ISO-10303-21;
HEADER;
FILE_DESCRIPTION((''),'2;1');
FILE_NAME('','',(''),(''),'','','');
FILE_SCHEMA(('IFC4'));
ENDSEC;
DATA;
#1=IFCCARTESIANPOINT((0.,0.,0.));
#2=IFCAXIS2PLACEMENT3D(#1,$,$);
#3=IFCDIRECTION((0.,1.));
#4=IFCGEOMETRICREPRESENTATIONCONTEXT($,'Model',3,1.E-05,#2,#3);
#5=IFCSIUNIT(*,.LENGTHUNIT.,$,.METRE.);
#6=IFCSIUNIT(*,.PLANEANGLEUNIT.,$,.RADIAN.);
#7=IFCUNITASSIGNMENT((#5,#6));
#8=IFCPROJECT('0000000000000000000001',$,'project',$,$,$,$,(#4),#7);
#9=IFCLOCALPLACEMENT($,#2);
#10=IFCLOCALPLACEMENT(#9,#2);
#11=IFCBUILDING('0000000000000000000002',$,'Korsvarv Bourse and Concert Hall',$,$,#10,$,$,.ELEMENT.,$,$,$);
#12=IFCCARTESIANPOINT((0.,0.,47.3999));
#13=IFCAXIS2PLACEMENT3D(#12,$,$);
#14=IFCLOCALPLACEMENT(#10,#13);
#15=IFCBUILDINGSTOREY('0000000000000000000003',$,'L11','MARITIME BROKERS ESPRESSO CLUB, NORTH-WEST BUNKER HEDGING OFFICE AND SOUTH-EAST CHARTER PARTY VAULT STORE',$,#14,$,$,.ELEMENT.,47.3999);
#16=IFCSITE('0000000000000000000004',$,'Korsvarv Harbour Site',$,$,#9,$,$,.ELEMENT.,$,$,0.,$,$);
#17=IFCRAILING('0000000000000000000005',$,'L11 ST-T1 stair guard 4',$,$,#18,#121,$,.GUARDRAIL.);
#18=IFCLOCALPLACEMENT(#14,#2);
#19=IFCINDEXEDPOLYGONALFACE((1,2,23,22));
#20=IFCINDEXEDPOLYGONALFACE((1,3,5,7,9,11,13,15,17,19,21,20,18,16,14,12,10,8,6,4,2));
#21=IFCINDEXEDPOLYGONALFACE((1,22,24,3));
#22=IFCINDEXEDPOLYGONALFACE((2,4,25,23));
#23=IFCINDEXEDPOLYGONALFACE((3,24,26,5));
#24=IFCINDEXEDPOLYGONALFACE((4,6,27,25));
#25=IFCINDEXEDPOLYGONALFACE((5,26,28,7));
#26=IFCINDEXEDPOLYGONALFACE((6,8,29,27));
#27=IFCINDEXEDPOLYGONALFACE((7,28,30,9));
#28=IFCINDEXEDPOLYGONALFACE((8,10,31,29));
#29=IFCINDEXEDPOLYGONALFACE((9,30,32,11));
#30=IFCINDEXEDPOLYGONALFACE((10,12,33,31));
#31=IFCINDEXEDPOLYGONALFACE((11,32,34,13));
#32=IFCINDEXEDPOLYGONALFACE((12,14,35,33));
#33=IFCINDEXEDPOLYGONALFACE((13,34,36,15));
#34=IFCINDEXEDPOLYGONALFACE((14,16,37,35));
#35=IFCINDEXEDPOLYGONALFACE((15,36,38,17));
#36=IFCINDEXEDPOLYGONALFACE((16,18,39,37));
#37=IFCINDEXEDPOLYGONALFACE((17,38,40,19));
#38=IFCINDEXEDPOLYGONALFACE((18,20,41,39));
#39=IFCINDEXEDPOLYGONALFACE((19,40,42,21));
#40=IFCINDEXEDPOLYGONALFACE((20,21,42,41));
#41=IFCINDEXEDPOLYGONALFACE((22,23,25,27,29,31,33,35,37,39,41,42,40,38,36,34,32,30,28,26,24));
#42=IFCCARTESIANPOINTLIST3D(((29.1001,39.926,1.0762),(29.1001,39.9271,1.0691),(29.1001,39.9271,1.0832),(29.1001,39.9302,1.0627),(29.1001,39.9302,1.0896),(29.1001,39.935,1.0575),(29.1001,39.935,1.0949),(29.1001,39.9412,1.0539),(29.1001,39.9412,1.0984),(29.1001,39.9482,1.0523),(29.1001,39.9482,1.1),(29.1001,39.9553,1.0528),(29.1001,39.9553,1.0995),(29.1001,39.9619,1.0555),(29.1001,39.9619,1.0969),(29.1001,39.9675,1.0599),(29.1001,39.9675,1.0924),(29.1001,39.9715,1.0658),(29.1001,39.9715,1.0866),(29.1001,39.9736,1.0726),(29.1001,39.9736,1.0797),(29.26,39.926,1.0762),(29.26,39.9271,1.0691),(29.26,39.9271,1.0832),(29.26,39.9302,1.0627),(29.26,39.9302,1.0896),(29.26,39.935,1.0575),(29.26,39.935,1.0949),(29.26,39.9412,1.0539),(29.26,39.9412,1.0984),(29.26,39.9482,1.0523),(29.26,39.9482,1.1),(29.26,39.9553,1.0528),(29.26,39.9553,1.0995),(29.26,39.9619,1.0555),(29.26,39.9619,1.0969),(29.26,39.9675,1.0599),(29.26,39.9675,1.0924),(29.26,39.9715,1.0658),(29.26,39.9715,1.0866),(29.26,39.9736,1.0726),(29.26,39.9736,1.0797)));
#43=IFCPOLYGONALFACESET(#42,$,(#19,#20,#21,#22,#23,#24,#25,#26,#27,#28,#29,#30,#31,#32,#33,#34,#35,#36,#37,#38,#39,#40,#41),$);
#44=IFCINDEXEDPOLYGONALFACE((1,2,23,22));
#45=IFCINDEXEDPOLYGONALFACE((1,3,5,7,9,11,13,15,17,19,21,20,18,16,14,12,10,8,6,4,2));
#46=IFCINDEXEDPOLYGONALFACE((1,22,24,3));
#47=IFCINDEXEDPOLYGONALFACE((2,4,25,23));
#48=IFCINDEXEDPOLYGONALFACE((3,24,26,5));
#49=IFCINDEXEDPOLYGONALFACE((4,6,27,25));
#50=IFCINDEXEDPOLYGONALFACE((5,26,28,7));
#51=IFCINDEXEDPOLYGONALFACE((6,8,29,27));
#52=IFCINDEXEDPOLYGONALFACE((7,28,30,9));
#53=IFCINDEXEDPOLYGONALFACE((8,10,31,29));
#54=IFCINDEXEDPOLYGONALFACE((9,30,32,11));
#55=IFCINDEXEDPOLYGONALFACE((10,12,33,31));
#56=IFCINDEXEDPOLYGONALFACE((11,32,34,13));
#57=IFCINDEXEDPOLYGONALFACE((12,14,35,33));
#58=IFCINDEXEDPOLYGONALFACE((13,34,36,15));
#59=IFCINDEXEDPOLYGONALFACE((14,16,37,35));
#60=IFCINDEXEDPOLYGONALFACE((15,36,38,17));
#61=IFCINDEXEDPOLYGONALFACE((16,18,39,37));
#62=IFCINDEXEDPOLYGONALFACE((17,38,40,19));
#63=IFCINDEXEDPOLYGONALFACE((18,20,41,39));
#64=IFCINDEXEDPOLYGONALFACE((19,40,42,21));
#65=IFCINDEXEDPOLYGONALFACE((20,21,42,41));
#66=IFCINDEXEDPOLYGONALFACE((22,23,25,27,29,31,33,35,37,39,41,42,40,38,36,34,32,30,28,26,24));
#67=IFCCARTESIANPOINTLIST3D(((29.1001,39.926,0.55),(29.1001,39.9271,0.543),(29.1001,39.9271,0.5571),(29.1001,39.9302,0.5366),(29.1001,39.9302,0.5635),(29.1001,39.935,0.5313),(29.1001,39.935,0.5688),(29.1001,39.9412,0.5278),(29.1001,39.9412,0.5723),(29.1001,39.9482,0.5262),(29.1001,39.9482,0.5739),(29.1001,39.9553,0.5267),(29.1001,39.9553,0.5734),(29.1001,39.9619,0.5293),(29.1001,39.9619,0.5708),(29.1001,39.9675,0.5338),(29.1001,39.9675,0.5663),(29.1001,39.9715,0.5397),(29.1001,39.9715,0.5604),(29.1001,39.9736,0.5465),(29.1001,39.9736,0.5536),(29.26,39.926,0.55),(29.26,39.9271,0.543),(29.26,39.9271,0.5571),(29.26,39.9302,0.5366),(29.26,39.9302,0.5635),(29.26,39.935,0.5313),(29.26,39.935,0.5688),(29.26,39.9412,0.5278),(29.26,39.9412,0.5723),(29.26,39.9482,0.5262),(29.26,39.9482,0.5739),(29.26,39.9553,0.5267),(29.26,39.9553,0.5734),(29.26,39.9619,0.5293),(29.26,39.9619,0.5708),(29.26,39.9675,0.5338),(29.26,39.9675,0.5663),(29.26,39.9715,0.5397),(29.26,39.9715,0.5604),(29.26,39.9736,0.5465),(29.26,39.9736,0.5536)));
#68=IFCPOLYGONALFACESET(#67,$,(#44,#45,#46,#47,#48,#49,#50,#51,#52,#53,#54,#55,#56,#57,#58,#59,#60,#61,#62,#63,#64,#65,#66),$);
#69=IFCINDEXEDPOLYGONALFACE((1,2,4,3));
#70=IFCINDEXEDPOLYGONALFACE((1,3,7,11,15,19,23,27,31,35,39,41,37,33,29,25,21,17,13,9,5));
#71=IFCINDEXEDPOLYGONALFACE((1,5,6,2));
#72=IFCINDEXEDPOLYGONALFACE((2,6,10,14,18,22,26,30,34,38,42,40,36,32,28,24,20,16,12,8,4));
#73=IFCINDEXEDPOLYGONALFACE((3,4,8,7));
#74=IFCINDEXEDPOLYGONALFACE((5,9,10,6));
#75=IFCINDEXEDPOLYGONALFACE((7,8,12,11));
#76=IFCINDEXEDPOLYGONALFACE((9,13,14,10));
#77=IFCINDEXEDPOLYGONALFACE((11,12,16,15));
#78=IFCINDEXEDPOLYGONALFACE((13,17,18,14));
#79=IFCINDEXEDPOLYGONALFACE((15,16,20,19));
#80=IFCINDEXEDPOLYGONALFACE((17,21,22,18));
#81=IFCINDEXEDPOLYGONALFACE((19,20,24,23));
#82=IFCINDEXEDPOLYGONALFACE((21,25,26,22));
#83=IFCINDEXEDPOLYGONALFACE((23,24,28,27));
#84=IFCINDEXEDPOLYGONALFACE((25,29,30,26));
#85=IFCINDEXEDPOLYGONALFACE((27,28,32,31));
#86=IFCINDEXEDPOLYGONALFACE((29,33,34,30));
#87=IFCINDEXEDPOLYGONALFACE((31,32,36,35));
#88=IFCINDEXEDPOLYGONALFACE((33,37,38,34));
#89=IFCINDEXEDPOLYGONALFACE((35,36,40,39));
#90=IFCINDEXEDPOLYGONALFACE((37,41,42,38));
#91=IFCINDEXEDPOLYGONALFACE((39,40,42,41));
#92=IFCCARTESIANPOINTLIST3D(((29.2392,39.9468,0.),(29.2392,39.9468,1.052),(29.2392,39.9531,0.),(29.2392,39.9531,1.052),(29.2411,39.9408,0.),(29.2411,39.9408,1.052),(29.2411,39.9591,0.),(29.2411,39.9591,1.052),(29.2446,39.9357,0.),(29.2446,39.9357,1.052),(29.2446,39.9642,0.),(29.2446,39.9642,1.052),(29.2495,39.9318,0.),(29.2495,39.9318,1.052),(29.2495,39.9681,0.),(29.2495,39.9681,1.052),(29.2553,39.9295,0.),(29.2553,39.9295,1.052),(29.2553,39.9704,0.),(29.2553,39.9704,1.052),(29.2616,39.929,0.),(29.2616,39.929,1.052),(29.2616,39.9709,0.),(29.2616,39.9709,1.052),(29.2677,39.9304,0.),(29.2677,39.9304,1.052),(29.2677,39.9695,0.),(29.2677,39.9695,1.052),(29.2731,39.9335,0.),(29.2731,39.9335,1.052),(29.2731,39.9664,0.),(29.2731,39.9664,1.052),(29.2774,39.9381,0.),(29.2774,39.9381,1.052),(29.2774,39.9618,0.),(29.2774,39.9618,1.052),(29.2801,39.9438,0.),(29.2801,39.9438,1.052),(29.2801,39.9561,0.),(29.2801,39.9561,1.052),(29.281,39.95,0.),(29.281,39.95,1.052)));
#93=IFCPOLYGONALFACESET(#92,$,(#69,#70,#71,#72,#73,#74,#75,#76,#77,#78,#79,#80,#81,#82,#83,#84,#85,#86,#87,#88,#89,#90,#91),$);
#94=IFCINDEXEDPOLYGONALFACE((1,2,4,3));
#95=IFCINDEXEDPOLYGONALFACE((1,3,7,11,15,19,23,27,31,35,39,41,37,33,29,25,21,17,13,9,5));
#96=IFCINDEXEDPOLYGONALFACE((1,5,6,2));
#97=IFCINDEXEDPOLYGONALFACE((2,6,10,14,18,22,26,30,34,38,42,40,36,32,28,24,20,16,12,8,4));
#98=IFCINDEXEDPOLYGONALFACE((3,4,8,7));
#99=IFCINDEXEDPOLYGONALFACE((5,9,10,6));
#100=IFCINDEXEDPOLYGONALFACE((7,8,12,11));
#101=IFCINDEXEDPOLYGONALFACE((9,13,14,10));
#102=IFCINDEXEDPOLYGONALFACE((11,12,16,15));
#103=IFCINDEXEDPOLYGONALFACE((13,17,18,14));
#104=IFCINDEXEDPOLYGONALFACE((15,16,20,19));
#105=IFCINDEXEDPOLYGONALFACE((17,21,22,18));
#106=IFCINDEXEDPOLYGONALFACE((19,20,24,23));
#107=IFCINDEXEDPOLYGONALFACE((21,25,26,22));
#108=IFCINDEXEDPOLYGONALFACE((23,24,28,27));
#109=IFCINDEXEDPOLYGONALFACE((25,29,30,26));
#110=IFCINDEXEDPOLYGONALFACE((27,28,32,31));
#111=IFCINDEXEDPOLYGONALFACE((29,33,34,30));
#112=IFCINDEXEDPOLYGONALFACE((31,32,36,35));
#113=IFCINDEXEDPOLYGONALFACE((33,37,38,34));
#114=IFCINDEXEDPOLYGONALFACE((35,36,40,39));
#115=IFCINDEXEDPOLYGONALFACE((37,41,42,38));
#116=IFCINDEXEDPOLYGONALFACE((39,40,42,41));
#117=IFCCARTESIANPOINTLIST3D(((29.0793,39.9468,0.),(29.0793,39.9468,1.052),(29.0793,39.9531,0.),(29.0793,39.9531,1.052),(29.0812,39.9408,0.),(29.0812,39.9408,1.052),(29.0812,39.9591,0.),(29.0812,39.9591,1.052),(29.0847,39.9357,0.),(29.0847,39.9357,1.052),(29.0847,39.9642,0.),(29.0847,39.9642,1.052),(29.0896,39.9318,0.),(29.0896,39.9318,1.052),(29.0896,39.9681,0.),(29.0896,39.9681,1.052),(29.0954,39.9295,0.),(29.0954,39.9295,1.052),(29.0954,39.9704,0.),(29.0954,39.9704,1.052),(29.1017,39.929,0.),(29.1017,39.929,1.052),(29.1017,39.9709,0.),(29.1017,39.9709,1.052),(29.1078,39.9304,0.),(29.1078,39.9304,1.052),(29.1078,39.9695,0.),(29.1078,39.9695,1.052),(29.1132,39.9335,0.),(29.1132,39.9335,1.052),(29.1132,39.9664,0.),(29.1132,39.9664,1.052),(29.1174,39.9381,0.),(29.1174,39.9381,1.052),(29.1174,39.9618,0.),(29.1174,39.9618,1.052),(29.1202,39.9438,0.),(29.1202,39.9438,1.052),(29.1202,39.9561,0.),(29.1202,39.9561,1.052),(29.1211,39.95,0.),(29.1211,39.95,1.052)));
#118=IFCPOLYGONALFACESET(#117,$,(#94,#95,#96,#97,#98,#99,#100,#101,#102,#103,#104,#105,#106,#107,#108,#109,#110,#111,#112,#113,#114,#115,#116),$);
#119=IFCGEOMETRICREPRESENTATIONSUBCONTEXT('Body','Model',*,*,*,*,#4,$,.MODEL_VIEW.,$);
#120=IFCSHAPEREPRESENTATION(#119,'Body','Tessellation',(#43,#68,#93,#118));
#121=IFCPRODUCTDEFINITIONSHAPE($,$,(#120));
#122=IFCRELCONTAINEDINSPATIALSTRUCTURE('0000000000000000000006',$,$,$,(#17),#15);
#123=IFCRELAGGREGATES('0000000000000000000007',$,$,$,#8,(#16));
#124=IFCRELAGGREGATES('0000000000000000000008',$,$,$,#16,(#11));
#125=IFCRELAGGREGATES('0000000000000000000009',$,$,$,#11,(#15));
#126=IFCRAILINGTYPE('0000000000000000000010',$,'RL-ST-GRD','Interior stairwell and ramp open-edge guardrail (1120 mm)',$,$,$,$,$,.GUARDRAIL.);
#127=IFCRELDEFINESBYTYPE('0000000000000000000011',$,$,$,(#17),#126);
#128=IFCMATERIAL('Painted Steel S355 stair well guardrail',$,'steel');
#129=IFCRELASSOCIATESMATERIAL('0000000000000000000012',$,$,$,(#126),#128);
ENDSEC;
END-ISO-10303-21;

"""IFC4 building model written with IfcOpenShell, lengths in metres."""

from ifc_helpers import new_model, si_unit, direction, frame, origin, origin_2d, place, context, subcontext, project, spatial, circle, extrude, material, type_object, element, save


model = new_model("IFC4")

# Units and contexts
model_context = context("Model", 3, precision=1e-05, world=origin(), true_north=direction((0.0, 1.0)))
body_context = subcontext(model_context, "Body", "Model", "MODEL_VIEW")
ifc_project = project(units=[si_unit("LENGTHUNIT", "METRE"), si_unit("PLANEANGLEUNIT", "RADIAN")], contexts=[model_context])

# Site, building, storey
site_placement = place(None, origin())
site = spatial("IfcSite", under=ifc_project, at=site_placement, Name="Korsvarv Harbour Site", CompositionType="ELEMENT", RefElevation=0.0)
building_placement = place(site_placement, origin())
building = spatial("IfcBuilding", under=site, at=building_placement, Name="Korsvarv Bourse and Concert Hall", CompositionType="ELEMENT")
storey_placement = place(building_placement, frame((0.0, 0.0, 47.3999)))
storey = spatial("IfcBuildingStorey", under=building, at=storey_placement, Name="L11", Description="MARITIME BROKERS ESPRESSO CLUB, NORTH-WEST BUNKER HEDGING OFFICE AND SOUTH-EAST CHARTER PARTY VAULT STORE", CompositionType="ELEMENT", Elevation=47.3999)

# Railing
ifc_material_1 = material(Name="Painted Steel S355 stair well guardrail", Category="steel")
railing_type_1 = type_object("IfcRailingType", Name="RL-ST-GRD", Description="Interior stairwell and ramp open-edge guardrail (1120 mm)", PredefinedType="GUARDRAIL", material=ifc_material_1)
railing_1_placement = place(storey_placement, frame((29.26, 39.95, 0.0)))
element("IfcRailing", 1, at=railing_1_placement, inside=storey, type_object=railing_type_1, Name="L11 ST-T1 stair guard 4", PredefinedType="GUARDRAIL", context=body_context, shape_type="SweptSolid", body=[
    extrude(circle(Radius=0.0239, at=origin_2d()), frame((0.0, 0.0, 1.0762), z_axis=(-1.0, 0.0, 0.0), x_axis=(0.0, -1.0, 0.0)), (0.0, 0.0, 1.0), 0.1599),
    extrude(circle(Radius=0.0239, at=origin_2d()), frame((0.0, 0.0, 0.55), z_axis=(-1.0, 0.0, 0.0), x_axis=(0.0, -1.0, 0.0)), (0.0, 0.0, 1.0), 0.1599),
    extrude(circle(Radius=0.021, at=origin_2d()), origin(), (0.0, 0.0, 1.0), 1.052),
    extrude(circle(Radius=0.021, at=origin_2d()), frame((-0.1599, 0.0, 0.0)), (0.0, 0.0, 1.0), 1.052),
])

save(model, "model.ifc")
